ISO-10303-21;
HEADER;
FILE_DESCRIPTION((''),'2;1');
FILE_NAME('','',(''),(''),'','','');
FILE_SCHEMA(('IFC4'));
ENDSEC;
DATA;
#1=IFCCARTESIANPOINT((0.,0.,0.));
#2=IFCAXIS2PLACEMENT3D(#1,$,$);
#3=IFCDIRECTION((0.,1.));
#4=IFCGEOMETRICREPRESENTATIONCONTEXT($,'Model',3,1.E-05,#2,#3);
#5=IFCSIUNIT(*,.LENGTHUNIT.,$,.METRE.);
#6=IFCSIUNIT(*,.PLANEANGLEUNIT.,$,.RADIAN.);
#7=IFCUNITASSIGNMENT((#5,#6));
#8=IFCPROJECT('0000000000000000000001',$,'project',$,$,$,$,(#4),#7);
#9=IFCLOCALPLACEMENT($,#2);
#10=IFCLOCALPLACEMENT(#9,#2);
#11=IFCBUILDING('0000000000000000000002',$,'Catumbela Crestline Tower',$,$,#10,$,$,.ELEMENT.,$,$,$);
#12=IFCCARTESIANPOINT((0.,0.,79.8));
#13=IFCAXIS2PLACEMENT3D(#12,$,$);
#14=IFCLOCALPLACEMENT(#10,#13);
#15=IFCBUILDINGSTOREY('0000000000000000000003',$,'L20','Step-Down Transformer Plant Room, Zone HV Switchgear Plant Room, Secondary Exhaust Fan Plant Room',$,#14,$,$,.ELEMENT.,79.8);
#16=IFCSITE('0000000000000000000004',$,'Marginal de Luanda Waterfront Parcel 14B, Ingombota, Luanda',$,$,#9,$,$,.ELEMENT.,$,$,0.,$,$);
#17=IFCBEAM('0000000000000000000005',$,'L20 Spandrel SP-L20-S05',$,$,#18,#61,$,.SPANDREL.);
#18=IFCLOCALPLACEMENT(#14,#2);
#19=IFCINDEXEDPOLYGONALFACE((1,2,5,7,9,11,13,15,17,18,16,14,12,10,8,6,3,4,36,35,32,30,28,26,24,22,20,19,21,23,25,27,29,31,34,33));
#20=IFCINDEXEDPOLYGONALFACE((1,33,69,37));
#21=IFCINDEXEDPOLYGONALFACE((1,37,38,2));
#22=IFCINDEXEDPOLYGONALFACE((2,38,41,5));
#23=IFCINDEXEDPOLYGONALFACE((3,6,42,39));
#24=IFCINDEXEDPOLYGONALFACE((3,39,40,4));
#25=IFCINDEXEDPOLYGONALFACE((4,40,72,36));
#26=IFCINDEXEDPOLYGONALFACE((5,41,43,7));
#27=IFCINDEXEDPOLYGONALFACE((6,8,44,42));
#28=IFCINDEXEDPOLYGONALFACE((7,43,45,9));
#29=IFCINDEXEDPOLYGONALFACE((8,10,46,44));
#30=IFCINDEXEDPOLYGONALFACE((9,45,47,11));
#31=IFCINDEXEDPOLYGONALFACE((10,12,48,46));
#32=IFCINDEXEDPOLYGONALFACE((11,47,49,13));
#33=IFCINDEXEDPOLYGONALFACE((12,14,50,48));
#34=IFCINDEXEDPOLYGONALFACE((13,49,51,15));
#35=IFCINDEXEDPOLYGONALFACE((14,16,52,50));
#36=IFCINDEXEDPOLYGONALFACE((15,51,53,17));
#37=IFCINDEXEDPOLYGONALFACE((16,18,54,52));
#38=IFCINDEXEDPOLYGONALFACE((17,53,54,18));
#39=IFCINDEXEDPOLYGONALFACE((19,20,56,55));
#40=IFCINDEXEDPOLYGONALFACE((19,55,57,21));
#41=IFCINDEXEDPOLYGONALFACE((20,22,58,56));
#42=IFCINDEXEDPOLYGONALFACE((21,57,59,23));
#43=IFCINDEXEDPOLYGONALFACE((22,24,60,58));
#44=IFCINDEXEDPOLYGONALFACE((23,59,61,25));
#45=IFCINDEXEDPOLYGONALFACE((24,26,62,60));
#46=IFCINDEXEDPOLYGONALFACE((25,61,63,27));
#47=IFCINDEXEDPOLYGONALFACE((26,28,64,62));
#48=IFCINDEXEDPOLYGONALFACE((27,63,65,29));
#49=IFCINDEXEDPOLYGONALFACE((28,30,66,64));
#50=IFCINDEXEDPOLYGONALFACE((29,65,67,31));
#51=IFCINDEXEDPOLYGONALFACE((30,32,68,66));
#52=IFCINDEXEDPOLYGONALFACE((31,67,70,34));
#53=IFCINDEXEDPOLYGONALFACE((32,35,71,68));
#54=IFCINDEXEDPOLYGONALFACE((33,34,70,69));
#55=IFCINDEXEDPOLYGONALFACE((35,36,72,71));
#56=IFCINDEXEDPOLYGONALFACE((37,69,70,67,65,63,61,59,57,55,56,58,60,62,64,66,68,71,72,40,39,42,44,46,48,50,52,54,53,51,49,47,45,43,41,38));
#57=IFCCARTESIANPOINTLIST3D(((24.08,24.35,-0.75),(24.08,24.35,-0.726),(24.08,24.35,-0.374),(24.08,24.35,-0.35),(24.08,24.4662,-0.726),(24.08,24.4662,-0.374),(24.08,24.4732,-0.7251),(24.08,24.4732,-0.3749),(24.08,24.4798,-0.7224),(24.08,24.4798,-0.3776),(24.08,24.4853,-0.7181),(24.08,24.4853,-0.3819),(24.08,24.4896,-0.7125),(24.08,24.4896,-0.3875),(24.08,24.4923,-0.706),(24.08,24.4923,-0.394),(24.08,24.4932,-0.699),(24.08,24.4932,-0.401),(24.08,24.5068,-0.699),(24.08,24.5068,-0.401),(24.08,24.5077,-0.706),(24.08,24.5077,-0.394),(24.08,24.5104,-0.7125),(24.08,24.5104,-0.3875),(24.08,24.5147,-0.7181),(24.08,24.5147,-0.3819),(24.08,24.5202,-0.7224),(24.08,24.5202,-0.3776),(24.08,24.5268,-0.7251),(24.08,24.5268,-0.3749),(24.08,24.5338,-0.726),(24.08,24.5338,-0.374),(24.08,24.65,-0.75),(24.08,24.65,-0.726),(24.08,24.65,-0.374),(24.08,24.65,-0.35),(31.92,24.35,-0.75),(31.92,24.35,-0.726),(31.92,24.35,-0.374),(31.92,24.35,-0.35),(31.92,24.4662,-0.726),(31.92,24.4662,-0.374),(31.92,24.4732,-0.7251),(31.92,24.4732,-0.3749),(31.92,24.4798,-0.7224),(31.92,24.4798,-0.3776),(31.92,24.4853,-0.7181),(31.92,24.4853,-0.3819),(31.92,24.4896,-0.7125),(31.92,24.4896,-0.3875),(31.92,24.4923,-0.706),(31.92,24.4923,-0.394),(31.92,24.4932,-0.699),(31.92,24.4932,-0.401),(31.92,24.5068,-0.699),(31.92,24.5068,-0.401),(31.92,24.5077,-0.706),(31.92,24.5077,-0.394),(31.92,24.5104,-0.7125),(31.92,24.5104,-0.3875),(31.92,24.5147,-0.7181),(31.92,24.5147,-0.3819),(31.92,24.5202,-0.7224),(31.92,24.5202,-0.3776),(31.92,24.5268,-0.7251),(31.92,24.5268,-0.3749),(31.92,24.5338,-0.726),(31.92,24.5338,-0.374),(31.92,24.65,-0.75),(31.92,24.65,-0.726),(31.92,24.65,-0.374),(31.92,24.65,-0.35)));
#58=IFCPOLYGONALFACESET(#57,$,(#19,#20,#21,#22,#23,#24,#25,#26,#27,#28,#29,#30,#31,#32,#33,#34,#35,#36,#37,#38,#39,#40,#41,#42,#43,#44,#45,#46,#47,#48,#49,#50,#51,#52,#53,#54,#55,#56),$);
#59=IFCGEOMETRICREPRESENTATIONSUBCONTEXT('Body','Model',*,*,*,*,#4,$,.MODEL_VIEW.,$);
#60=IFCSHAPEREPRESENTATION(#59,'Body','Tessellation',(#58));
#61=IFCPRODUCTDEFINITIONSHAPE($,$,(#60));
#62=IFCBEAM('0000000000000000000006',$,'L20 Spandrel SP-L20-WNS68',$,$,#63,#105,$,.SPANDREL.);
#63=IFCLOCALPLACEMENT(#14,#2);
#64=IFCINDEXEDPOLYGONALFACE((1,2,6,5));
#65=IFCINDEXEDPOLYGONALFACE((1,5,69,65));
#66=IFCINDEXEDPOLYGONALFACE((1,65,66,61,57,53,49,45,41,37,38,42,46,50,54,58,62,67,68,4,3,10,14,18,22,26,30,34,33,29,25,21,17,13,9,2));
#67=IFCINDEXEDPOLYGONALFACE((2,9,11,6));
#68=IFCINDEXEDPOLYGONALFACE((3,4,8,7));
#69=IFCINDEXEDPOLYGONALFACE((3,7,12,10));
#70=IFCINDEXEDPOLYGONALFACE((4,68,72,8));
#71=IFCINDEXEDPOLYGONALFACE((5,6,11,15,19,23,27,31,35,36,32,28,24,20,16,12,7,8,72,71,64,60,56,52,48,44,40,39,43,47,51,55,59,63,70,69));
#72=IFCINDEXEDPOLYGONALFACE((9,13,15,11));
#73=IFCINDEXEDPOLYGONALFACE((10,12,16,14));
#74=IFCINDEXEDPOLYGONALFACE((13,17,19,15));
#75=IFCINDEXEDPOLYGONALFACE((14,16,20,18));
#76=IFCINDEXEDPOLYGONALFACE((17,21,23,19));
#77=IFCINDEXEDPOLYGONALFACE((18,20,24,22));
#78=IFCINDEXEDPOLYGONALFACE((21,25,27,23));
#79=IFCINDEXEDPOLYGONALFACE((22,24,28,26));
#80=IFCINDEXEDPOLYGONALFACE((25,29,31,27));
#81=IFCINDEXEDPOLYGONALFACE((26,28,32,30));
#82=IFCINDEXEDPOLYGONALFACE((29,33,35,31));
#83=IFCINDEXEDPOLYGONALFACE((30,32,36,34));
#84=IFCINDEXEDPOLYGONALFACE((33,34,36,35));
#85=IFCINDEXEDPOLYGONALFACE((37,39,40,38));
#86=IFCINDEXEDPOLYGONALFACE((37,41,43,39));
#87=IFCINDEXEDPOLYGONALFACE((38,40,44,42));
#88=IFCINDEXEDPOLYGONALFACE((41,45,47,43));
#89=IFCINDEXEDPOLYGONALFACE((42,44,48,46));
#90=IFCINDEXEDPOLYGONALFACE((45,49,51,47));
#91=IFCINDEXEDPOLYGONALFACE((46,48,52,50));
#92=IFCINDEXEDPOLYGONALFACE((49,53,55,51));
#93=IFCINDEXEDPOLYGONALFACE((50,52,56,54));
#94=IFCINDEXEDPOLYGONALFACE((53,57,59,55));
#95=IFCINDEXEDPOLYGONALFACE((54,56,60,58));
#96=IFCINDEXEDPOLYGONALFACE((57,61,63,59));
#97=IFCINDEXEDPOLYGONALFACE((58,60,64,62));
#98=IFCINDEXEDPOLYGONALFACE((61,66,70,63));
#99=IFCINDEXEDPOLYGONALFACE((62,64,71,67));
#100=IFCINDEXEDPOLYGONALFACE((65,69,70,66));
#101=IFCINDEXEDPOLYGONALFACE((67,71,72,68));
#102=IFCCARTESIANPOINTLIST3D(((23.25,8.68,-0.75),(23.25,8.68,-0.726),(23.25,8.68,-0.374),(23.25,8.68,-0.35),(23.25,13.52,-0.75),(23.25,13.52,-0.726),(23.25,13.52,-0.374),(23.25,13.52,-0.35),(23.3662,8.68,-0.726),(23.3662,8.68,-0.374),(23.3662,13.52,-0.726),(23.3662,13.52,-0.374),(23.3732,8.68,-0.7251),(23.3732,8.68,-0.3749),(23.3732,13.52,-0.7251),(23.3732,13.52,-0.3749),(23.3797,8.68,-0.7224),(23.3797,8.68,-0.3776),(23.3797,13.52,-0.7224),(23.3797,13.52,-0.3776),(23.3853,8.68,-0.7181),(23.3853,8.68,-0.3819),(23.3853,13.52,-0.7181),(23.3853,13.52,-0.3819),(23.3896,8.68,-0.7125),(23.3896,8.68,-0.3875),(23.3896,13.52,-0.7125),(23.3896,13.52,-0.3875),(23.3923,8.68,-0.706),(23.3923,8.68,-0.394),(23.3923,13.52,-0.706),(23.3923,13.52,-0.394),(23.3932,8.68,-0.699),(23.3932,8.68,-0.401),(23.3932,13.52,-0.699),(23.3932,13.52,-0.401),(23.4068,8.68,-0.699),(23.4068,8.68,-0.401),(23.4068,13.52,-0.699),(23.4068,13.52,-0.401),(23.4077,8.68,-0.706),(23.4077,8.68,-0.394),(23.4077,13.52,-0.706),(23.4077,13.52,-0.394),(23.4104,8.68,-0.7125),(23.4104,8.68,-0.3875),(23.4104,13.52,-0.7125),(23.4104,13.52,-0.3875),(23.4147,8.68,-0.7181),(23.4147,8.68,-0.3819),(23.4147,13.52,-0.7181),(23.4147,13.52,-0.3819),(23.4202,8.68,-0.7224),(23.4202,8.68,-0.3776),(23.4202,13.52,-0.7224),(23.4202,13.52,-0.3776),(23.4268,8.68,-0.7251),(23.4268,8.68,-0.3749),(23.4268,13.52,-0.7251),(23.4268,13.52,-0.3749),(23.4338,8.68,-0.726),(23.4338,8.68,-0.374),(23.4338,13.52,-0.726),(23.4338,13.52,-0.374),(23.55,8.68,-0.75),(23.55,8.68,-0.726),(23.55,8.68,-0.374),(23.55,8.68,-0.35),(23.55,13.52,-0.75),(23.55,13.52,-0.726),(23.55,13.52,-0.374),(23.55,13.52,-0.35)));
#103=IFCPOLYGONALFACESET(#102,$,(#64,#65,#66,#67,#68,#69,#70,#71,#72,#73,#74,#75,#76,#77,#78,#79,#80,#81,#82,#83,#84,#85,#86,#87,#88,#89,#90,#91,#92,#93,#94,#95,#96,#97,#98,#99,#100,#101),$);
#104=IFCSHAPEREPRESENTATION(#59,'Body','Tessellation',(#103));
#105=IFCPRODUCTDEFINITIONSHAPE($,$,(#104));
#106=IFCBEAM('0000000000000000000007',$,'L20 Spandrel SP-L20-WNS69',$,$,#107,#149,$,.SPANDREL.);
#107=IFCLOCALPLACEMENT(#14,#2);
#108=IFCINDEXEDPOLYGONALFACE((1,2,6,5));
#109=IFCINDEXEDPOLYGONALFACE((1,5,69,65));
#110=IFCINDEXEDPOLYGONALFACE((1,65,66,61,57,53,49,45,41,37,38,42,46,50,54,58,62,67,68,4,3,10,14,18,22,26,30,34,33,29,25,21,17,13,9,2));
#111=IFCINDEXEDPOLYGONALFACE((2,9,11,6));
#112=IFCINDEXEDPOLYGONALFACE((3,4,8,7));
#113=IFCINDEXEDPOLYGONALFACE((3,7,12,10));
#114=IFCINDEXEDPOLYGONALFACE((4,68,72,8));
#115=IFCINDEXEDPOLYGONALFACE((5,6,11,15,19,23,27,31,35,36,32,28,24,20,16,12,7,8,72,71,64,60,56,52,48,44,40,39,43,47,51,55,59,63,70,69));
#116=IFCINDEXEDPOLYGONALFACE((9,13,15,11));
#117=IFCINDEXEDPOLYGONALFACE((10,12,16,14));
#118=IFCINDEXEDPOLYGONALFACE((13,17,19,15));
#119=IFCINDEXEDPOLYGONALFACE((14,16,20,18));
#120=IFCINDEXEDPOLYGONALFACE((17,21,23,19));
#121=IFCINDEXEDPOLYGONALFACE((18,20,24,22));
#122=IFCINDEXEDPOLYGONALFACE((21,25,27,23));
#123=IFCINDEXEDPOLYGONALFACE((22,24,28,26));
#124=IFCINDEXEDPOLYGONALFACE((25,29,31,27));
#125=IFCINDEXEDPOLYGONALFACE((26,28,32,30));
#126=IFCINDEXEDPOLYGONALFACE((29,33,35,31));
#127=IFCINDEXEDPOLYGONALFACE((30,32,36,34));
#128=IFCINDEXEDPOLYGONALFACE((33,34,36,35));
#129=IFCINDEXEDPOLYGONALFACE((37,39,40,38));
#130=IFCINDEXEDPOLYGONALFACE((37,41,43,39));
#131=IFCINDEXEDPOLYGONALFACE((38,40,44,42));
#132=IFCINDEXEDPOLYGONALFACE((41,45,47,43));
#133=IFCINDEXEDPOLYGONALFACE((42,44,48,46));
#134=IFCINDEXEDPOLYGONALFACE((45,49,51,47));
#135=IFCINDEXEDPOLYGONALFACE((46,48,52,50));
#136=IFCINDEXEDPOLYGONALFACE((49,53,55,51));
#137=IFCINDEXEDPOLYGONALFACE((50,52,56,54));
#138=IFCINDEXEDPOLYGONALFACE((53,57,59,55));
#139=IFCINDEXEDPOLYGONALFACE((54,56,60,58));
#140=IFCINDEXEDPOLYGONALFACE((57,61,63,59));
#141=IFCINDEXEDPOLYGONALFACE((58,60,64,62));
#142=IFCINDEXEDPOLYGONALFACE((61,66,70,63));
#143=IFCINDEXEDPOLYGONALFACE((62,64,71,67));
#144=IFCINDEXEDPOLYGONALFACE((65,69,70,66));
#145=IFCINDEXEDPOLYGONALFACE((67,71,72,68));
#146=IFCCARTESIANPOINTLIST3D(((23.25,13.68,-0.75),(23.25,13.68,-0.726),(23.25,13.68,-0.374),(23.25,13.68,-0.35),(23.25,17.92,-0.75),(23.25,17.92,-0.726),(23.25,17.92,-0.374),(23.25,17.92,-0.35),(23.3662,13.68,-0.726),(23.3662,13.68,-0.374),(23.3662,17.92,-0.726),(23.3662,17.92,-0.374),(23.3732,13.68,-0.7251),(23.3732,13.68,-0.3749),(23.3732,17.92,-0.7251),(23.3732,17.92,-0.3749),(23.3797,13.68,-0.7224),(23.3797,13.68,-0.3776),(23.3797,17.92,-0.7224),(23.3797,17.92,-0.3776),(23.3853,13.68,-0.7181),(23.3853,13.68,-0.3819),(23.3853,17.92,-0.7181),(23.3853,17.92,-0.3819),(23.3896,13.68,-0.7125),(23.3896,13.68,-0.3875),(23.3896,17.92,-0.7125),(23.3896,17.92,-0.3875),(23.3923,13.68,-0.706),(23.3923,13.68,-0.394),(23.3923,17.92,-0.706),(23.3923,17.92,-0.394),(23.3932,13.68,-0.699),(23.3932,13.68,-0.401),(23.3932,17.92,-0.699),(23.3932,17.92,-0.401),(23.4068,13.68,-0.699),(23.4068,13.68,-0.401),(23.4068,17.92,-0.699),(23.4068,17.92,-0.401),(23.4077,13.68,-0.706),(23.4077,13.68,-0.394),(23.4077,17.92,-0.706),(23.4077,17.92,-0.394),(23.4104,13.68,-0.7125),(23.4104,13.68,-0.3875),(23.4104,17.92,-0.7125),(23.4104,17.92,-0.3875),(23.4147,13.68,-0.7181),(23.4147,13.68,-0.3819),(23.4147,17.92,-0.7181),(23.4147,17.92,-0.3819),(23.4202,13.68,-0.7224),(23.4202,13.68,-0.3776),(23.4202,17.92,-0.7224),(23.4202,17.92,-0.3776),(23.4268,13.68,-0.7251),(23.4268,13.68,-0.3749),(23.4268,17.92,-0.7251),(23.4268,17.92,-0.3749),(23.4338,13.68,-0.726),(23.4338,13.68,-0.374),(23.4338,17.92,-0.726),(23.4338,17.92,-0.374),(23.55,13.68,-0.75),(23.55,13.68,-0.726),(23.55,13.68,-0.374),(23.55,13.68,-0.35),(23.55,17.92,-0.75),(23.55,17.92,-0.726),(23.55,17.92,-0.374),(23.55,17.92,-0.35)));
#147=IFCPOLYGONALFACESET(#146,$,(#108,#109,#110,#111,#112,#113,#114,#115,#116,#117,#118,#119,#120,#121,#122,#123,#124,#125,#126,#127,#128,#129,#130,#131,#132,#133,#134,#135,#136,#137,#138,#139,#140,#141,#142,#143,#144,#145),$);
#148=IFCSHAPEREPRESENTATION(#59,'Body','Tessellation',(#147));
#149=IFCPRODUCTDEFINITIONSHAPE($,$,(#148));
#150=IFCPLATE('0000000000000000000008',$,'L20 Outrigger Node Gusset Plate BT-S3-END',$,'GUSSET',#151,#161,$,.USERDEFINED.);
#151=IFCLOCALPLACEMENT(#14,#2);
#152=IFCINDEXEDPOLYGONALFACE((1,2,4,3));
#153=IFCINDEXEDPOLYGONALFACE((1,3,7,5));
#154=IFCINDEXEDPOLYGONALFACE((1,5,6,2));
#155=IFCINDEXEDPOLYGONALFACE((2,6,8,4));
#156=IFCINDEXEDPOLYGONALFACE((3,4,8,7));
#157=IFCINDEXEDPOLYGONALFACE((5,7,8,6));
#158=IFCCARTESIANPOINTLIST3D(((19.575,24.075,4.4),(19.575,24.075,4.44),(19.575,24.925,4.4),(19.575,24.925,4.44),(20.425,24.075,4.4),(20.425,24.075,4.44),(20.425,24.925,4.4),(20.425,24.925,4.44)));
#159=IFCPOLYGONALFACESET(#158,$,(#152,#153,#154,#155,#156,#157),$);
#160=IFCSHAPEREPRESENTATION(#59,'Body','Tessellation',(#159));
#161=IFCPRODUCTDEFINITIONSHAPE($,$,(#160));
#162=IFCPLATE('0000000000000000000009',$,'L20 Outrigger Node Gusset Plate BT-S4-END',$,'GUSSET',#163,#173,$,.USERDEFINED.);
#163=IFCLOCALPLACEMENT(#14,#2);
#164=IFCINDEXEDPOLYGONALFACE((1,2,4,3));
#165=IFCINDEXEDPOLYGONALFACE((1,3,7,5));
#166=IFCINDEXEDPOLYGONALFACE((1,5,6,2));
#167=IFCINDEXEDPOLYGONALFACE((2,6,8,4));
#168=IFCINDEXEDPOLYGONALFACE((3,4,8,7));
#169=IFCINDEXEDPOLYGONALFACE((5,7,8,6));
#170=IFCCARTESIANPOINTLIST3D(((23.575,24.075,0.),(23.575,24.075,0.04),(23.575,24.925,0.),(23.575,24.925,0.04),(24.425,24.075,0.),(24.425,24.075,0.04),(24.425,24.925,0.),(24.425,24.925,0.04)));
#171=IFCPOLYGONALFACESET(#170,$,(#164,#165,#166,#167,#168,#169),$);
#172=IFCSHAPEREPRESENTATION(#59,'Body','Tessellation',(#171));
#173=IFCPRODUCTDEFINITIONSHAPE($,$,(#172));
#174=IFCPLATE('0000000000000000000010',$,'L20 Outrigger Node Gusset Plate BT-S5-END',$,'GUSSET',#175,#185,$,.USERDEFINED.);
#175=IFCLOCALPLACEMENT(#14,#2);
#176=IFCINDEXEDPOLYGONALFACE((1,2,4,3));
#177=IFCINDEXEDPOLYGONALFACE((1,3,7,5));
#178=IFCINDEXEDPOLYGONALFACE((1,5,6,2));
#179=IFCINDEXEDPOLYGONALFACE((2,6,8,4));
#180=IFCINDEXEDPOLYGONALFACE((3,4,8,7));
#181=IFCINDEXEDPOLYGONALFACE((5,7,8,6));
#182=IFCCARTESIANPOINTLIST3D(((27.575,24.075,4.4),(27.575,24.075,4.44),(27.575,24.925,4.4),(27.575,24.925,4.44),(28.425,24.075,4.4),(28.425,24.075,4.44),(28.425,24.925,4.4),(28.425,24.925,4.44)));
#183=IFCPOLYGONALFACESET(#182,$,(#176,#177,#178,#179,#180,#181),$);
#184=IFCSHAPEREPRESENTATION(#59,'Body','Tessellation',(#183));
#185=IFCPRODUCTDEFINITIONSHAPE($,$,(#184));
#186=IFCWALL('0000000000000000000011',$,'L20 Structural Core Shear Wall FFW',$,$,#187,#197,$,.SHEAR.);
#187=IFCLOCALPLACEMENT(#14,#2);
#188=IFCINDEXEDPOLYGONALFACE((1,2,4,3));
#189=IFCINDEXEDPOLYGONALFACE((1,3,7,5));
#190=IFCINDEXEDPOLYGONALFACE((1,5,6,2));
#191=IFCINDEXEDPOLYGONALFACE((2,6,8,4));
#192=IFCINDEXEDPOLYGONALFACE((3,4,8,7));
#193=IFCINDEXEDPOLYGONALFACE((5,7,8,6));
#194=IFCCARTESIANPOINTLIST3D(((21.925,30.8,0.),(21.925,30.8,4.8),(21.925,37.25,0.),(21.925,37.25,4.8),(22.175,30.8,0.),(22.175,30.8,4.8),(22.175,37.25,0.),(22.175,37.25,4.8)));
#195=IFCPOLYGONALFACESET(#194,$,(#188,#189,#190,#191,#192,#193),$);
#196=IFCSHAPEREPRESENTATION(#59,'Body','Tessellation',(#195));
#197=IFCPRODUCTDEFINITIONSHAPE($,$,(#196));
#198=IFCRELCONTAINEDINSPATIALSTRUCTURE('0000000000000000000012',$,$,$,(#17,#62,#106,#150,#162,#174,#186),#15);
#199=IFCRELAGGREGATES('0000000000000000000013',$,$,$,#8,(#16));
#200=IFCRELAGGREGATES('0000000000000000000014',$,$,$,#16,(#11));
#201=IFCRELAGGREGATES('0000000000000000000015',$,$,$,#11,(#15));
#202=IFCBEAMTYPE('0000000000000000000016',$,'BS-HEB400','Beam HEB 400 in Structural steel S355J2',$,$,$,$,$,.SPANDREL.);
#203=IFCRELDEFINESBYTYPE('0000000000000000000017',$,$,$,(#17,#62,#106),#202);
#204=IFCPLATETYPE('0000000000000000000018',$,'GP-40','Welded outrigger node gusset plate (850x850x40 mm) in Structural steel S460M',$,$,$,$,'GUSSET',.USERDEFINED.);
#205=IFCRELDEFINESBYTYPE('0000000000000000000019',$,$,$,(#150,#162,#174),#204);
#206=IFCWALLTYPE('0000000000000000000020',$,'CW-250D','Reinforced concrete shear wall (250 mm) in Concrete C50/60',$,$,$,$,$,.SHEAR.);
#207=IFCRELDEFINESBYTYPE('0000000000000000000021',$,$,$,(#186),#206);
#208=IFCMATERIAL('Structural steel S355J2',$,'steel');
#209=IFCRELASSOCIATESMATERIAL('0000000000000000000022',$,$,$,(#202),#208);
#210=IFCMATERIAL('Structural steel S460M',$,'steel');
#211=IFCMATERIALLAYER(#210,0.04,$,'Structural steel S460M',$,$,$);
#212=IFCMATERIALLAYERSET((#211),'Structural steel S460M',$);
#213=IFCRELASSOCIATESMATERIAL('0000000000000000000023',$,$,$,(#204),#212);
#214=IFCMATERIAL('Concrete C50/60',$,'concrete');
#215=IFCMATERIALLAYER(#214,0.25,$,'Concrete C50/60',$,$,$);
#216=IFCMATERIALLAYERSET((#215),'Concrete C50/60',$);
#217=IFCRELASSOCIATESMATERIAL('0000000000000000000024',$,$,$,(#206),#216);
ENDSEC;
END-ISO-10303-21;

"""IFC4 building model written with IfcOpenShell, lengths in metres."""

from ifc_helpers import new_model, si_unit, direction, frame, frame_2d, origin, origin_2d, place, context, subcontext, project, spatial, rectangle, i_section, extrude, material, layer, layer_set, material_profile, profile_set, type_object, element, save


model = new_model("IFC4")

# Units and contexts
model_context = context("Model", 3, precision=1e-05, world=origin(), true_north=direction((0.0, 1.0)))
body_context = subcontext(model_context, "Body", "Model", "MODEL_VIEW")
ifc_project = project(units=[si_unit("LENGTHUNIT", "METRE"), si_unit("PLANEANGLEUNIT", "RADIAN")], contexts=[model_context])

# Site, building, storey
site_placement = place(None, origin())
site = spatial("IfcSite", under=ifc_project, at=site_placement, Name="Marginal de Luanda Waterfront Parcel 14B, Ingombota, Luanda", CompositionType="ELEMENT", RefElevation=0.0)
building_placement = place(site_placement, origin())
building = spatial("IfcBuilding", under=site, at=building_placement, Name="Catumbela Crestline Tower", CompositionType="ELEMENT")
storey_placement = place(building_placement, frame((0.0, 0.0, 79.8)))
storey = spatial("IfcBuildingStorey", under=building, at=storey_placement, Name="L20", Description="Step-Down Transformer Plant Room, Zone HV Switchgear Plant Room, Secondary Exhaust Fan Plant Room", CompositionType="ELEMENT", Elevation=79.8)

# Shared definitions
ifc_material_1 = material(Name="Structural steel S460M", Category="steel")

# Shared definitions
ifc_material_2 = material(Name="Structural steel S355J2", Category="steel")

# Beams
ifc_material_profile_1 = material_profile(ifc_material_2, i_section(OverallWidth=0.3, OverallDepth=0.4, WebThickness=0.0135, FlangeThickness=0.024, FilletRadius=0.027, at=origin_2d()), Name="HEB 400")
ifc_profile_set_1 = profile_set([ifc_material_profile_1], Name="Structural steel S355J2")
beam_type_1 = type_object("IfcBeamType", Name="BS-HEB400", Description="Beam HEB 400 in Structural steel S355J2", PredefinedType="SPANDREL", material=ifc_profile_set_1)
beam_1_placement = place(storey_placement, frame((24.08, 24.5, -0.55), z_axis=(1.0, 0.0, 0.0), x_axis=(0.0, 1.0, 0.0)))
element("IfcBeam", 1, at=beam_1_placement, inside=storey, type_object=beam_type_1, Name="L20 Spandrel SP-L20-S05", PredefinedType="SPANDREL", context=body_context, shape_type="SweptSolid", body=[
    extrude(i_section(OverallWidth=0.3, OverallDepth=0.4, WebThickness=0.0135, FlangeThickness=0.024, FilletRadius=0.027, at=origin_2d()), origin(), (0.0, 0.0, 1.0), 7.84),
])
beam_2_placement = place(storey_placement, frame((23.4, 8.68, -0.55), z_axis=(0.0, 1.0, 0.0), x_axis=(-1.0, 0.0, 0.0)))
element("IfcBeam", 2, at=beam_2_placement, inside=storey, type_object=beam_type_1, Name="L20 Spandrel SP-L20-WNS68", PredefinedType="SPANDREL", context=body_context, shape_type="SweptSolid", body=[
    extrude(i_section(OverallWidth=0.3, OverallDepth=0.4, WebThickness=0.0135, FlangeThickness=0.024, FilletRadius=0.027, at=origin_2d()), origin(), (0.0, 0.0, 1.0), 4.84),
])
beam_3_placement = place(storey_placement, frame((23.4, 13.68, -0.55), z_axis=(0.0, 1.0, 0.0), x_axis=(-1.0, 0.0, 0.0)))
element("IfcBeam", 3, at=beam_3_placement, inside=storey, type_object=beam_type_1, Name="L20 Spandrel SP-L20-WNS69", PredefinedType="SPANDREL", context=body_context, shape_type="SweptSolid", body=[
    extrude(i_section(OverallWidth=0.3, OverallDepth=0.4, WebThickness=0.0135, FlangeThickness=0.024, FilletRadius=0.027, at=origin_2d()), origin(), (0.0, 0.0, 1.0), 4.24),
])

# Plates
ifc_layer_1 = layer(ifc_material_1, 0.04, Name="Structural steel S460M")
ifc_layer_set_1 = layer_set([ifc_layer_1], Name="Structural steel S460M")
plate_type = type_object("IfcPlateType", Name="GP-40", Description="Welded outrigger node gusset plate (850x850x40 mm) in Structural steel S460M", ElementType="GUSSET", PredefinedType="USERDEFINED", material=ifc_layer_set_1)
for number, where, z_axis, x_axis, name in (
    (4, (20.0, 24.5, 4.4), (0.0, 0.0, 1.0), (1.0, 0.0, 0.0), "L20 Outrigger Node Gusset Plate BT-S3-END"),
    (5, (24.0, 24.5, 0.0), (0.0, 0.0, 1.0), (1.0, 0.0, 0.0), "L20 Outrigger Node Gusset Plate BT-S4-END"),
    (6, (28.0, 24.5, 4.4), (0.0, 0.0, 1.0), (1.0, 0.0, 0.0), "L20 Outrigger Node Gusset Plate BT-S5-END"),
):
    element("IfcPlate", number, at=place(storey_placement, frame(where, z_axis=z_axis, x_axis=x_axis)), inside=storey, type_object=plate_type, Name=name, ObjectType="GUSSET", PredefinedType="USERDEFINED", context=body_context, shape_type="SweptSolid", body=[
        extrude(rectangle(XDim=0.85, YDim=0.85, at=origin_2d()), origin(), (0.0, 0.0, 1.0), 0.04),
    ])

# Wall
ifc_material_3 = material(Name="Concrete C50/60", Category="concrete")
ifc_layer_2 = layer(ifc_material_3, 0.25, Name="Concrete C50/60")
ifc_layer_set_2 = layer_set([ifc_layer_2], Name="Concrete C50/60")
wall_type_1 = type_object("IfcWallType", Name="CW-250D", Description="Reinforced concrete shear wall (250 mm) in Concrete C50/60", PredefinedType="SHEAR", material=ifc_layer_set_2)
wall_1_placement = place(storey_placement, frame((22.05, 30.8, 0.0), z_axis=(0.0, 0.0, 1.0), x_axis=(0.0, 1.0, 0.0)))
element("IfcWall", 7, at=wall_1_placement, inside=storey, type_object=wall_type_1, Name="L20 Structural Core Shear Wall FFW", PredefinedType="SHEAR", context=body_context, shape_type="SweptSolid", body=[
    extrude(rectangle(XDim=6.45, YDim=0.25, at=frame_2d((3.225, 0.0))), origin(), (0.0, 0.0, 1.0), 4.8),
])

save(model, "model.ifc")
